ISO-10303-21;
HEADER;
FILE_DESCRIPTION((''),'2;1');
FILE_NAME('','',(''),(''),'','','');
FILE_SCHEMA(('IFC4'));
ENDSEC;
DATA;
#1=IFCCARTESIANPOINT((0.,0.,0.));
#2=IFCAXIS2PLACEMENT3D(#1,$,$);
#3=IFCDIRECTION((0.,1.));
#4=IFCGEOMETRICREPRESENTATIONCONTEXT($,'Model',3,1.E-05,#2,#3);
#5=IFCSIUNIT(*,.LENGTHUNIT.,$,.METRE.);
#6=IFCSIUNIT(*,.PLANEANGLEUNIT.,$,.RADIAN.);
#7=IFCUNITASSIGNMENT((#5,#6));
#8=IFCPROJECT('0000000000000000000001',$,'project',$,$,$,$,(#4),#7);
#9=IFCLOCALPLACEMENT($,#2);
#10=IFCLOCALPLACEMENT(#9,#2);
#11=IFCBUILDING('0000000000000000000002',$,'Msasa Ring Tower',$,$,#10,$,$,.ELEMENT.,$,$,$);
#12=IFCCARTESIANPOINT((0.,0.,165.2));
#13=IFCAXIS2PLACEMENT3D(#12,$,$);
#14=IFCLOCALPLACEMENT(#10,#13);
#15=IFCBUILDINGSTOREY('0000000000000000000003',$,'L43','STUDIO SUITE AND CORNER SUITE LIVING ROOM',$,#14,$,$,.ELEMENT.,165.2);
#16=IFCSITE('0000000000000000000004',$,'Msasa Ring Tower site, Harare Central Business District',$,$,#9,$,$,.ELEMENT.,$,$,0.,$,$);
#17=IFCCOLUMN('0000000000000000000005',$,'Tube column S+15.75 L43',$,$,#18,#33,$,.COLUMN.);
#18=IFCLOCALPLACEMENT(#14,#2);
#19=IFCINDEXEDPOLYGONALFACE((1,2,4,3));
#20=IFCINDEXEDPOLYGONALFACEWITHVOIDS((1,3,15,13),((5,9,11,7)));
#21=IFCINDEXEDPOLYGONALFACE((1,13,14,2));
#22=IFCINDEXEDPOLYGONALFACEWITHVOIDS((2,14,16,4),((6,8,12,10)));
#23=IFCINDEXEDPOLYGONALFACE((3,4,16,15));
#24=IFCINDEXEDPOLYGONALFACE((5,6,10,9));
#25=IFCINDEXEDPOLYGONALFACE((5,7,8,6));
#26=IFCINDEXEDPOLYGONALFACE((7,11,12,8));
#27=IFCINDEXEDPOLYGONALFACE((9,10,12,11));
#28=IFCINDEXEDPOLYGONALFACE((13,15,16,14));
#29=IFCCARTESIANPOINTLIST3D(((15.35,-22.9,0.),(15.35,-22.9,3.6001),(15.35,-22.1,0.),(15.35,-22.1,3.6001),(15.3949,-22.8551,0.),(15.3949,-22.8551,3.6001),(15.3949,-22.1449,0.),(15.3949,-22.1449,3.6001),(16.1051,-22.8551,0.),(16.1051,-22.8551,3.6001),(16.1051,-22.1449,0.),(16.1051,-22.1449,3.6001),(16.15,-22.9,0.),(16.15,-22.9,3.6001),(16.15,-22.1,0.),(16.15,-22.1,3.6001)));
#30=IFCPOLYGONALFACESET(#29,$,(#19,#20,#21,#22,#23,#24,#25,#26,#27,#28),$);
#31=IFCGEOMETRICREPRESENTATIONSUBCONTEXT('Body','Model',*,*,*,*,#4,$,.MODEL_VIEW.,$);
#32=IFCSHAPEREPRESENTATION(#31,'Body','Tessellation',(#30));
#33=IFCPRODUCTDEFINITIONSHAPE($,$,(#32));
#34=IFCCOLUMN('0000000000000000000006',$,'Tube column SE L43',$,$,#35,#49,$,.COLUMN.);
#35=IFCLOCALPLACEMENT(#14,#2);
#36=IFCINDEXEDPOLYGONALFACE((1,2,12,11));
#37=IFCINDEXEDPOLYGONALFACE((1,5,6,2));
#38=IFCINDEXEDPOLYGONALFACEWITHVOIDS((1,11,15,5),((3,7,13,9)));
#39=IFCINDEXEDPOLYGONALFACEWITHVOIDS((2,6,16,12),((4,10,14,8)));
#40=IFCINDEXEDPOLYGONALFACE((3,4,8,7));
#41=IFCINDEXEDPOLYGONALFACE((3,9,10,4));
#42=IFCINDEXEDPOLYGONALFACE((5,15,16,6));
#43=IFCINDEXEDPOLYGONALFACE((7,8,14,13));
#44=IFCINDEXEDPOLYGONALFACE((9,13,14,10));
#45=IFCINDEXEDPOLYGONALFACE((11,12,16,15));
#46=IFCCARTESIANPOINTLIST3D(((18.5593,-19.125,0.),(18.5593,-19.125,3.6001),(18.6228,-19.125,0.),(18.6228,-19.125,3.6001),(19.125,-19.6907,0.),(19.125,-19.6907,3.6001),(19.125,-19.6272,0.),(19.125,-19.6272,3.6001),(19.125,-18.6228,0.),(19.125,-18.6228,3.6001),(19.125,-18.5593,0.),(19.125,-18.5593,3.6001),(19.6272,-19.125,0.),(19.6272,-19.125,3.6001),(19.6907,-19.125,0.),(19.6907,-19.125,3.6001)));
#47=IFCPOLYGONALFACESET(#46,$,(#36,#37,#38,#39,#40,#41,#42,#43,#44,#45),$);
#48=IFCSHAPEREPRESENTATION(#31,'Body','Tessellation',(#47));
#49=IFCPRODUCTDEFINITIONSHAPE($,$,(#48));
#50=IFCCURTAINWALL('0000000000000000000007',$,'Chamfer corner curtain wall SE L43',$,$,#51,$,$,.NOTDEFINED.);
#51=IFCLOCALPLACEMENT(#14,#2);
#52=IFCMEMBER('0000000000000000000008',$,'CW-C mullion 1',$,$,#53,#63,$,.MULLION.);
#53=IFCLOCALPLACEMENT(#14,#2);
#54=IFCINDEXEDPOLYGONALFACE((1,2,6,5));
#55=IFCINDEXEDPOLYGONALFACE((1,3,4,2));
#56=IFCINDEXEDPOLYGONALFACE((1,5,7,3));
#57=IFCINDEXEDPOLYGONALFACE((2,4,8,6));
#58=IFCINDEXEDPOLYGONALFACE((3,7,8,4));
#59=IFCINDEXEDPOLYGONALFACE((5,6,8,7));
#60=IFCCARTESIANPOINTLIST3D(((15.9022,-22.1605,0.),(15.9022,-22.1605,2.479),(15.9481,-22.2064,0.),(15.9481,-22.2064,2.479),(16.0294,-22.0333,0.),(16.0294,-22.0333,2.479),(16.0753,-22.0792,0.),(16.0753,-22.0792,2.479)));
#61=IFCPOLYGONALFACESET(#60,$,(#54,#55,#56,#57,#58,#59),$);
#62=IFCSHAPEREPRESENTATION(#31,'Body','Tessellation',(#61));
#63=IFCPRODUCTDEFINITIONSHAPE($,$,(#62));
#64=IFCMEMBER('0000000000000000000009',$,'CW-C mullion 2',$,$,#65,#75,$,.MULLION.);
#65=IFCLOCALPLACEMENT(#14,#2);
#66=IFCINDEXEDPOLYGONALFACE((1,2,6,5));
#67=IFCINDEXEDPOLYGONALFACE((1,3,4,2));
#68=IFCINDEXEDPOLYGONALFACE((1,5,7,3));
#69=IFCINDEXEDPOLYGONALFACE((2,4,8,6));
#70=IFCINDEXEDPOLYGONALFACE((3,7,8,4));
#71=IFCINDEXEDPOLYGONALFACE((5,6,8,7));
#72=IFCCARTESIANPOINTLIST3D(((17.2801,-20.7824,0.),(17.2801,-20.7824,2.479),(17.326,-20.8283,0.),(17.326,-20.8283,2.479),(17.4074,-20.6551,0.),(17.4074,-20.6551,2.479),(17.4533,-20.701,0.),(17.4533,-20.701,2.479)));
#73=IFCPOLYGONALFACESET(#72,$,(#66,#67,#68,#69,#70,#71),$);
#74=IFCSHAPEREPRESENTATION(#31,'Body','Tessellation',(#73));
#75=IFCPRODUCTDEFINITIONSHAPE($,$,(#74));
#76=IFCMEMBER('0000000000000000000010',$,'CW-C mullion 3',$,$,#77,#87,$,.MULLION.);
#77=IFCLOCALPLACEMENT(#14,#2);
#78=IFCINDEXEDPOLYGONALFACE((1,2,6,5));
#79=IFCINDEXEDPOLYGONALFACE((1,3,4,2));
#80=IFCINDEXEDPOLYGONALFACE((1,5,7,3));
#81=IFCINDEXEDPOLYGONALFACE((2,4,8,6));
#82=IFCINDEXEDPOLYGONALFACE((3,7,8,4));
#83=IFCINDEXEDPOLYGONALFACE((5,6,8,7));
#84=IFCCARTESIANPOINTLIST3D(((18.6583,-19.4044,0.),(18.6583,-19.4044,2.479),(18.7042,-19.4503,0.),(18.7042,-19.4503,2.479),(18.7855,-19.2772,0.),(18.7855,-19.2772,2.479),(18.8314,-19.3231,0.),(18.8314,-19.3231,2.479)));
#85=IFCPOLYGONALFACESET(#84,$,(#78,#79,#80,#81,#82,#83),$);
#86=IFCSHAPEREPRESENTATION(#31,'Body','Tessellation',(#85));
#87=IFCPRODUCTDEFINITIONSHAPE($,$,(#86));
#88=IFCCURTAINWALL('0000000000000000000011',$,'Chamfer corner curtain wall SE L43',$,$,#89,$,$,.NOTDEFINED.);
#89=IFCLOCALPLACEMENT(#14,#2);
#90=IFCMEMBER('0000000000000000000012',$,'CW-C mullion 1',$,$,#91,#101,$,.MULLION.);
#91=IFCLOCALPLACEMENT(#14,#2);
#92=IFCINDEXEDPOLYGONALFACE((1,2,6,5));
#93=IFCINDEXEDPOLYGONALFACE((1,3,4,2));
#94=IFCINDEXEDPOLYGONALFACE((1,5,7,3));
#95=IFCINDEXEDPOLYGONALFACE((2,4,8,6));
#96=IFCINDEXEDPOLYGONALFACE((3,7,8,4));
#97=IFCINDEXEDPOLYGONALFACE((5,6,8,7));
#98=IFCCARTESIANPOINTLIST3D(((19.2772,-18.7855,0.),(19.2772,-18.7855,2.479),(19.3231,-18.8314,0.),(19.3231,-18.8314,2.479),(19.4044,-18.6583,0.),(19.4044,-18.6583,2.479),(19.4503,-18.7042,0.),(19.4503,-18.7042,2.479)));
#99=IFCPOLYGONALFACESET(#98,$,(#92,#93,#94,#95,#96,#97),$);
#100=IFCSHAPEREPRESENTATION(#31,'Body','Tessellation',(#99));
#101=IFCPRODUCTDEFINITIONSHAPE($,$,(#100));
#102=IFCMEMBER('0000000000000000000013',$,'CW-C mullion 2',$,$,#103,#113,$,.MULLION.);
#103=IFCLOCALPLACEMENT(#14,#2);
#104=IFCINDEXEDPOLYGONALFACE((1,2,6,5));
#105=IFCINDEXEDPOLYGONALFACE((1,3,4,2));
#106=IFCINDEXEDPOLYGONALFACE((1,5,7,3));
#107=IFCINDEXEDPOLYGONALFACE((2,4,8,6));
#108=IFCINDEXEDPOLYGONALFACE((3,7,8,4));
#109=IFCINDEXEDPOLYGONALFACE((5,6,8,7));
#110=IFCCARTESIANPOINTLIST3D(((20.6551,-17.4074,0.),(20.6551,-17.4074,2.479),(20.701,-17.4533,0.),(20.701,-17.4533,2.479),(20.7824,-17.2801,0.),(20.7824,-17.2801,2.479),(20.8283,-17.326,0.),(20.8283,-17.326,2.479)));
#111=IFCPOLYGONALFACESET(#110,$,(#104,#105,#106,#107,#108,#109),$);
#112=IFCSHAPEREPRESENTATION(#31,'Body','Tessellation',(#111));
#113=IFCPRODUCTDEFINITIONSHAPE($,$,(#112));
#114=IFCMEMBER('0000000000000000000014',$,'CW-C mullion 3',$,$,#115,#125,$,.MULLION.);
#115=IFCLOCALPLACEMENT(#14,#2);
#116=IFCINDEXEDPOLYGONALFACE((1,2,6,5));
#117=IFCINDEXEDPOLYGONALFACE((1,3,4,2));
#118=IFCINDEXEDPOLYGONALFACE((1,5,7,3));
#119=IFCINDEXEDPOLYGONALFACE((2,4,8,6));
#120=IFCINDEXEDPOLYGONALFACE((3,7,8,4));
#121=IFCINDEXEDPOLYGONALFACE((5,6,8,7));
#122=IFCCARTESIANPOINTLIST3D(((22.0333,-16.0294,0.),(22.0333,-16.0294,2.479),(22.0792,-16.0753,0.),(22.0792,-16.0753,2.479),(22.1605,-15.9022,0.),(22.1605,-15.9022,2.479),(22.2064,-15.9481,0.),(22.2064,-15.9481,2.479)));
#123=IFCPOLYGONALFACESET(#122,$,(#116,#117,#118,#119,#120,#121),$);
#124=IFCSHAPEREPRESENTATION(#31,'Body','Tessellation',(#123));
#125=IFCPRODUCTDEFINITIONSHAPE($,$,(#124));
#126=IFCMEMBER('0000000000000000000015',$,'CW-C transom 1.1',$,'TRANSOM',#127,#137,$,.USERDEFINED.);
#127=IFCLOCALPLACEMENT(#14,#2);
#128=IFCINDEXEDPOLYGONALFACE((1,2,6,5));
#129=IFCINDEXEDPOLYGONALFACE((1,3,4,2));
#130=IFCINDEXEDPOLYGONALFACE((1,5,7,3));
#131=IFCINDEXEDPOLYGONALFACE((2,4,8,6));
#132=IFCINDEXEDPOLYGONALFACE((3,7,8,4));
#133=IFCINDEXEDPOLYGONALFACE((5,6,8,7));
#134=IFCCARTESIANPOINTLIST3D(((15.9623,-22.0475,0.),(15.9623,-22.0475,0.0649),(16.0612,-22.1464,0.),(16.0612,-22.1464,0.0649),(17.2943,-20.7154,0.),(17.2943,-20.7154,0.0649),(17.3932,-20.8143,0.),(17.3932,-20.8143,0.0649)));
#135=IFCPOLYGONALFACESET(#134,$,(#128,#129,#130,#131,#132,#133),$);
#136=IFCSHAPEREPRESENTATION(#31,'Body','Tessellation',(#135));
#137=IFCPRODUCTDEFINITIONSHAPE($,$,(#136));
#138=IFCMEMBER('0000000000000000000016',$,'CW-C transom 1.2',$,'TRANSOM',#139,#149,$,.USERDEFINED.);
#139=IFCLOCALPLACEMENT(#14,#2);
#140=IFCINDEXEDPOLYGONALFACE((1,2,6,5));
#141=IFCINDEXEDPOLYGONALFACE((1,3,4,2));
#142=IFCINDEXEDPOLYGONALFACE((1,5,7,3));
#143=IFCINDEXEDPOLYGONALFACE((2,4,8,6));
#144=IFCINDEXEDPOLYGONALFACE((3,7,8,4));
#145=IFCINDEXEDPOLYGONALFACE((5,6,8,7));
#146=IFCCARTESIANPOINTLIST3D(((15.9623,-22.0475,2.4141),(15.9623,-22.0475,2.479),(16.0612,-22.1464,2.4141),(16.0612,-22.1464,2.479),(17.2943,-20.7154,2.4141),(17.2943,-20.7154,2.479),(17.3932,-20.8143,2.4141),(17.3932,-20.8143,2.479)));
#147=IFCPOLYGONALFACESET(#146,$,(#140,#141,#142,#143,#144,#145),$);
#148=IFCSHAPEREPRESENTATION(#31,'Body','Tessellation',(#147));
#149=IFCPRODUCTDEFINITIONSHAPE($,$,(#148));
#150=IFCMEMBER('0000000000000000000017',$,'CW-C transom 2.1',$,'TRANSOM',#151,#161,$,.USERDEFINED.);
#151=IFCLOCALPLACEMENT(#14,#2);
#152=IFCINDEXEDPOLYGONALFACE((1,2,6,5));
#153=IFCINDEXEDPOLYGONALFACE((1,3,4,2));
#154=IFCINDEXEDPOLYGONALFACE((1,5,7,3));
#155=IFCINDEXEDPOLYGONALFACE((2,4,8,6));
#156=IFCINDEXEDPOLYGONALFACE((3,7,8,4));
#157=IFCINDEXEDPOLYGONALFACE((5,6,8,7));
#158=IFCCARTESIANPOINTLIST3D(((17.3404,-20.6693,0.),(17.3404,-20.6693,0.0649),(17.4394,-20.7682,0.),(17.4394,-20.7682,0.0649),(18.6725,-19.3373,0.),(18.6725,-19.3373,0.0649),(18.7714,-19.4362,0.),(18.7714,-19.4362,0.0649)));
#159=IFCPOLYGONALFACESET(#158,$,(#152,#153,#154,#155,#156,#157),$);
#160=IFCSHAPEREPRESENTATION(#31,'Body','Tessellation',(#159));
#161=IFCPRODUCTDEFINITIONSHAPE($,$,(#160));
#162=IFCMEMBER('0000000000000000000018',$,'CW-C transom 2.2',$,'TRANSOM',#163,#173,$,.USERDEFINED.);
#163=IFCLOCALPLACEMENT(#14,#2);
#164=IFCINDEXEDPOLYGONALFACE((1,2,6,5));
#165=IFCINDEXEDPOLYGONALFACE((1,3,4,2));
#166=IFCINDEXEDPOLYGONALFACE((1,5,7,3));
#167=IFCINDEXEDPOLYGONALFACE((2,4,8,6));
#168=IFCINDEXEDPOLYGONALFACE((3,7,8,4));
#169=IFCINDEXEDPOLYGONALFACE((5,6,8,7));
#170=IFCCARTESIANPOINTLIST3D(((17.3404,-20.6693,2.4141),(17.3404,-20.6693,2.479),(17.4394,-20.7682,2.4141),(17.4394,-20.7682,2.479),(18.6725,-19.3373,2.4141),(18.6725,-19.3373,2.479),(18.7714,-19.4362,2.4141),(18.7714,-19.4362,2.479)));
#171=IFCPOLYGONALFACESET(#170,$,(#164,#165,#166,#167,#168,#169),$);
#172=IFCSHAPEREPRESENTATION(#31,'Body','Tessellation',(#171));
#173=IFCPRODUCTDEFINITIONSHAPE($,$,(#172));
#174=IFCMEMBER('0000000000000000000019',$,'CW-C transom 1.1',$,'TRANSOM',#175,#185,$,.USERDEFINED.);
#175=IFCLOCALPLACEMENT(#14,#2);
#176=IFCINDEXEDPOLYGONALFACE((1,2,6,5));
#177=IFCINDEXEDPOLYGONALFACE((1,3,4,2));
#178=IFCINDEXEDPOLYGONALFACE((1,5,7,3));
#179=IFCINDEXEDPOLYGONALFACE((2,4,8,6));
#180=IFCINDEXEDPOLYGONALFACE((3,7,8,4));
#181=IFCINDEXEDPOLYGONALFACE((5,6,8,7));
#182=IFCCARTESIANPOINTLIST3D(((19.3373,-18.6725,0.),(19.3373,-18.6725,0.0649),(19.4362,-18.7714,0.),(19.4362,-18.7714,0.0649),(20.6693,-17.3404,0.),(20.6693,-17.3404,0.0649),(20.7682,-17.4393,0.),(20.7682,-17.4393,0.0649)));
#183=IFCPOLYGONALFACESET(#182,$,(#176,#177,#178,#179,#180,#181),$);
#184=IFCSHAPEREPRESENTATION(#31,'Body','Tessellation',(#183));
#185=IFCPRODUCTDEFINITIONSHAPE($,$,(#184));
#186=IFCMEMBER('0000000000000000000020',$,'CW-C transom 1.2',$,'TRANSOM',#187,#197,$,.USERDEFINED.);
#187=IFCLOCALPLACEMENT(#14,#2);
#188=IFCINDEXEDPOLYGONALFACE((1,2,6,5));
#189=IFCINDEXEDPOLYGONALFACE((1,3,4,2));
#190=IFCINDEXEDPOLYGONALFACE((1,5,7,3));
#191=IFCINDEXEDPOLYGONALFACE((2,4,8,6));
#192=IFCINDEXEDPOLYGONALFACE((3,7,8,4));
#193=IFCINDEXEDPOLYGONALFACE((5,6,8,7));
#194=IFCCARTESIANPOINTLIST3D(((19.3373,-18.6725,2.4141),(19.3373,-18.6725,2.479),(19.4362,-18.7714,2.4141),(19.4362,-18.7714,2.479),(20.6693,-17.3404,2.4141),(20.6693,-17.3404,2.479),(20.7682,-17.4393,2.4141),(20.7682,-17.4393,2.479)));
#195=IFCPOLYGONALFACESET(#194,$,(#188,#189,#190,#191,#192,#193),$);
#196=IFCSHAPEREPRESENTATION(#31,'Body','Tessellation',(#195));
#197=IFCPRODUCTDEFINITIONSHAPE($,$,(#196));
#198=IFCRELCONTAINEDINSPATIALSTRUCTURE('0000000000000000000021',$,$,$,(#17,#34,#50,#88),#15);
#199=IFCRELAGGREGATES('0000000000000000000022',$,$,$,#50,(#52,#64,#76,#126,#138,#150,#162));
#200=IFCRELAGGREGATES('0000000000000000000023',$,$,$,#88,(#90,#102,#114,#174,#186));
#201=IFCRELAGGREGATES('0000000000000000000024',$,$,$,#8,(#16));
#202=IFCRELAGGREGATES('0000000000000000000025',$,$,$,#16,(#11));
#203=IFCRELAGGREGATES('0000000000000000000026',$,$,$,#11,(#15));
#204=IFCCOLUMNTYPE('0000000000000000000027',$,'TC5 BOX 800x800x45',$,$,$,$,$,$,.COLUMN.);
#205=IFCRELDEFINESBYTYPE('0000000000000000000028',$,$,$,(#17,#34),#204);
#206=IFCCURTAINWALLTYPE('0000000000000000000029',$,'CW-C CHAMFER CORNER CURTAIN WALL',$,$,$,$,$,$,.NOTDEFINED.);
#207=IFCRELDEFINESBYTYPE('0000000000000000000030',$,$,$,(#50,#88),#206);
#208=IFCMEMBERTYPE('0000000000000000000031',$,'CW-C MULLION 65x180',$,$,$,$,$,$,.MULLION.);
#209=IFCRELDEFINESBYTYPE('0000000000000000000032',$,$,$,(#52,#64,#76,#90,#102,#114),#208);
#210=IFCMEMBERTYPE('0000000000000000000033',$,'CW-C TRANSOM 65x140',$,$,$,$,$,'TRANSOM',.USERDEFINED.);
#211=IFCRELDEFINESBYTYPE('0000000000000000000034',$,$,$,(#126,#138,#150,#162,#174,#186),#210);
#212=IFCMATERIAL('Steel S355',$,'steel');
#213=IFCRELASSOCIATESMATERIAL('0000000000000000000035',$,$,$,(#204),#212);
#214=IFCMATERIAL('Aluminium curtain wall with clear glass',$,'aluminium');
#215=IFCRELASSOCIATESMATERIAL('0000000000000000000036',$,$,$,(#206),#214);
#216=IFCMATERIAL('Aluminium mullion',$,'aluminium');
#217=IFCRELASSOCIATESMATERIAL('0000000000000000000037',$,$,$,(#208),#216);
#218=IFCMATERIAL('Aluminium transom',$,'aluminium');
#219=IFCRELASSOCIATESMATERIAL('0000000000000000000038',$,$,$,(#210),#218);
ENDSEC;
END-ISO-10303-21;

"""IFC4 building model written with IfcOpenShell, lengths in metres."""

from ifc_helpers import new_model, si_unit, direction, frame, origin, origin_2d, place, context, subcontext, project, spatial, rectangle, hollow_rectangle, extrude, material, material_profile, profile_set, type_object, element, aggregate, save


model = new_model("IFC4")

# Units and contexts
model_context = context("Model", 3, precision=1e-05, world=origin(), true_north=direction((0.0, 1.0)))
body_context = subcontext(model_context, "Body", "Model", "MODEL_VIEW")
ifc_project = project(units=[si_unit("LENGTHUNIT", "METRE"), si_unit("PLANEANGLEUNIT", "RADIAN")], contexts=[model_context])

# Site, building, storey
site_placement = place(None, origin())
site = spatial("IfcSite", under=ifc_project, at=site_placement, Name="Msasa Ring Tower site, Harare Central Business District", CompositionType="ELEMENT", RefElevation=0.0)
building_placement = place(site_placement, origin())
building = spatial("IfcBuilding", under=site, at=building_placement, Name="Msasa Ring Tower", CompositionType="ELEMENT")
storey_placement = place(building_placement, frame((0.0, 0.0, 165.2)))
storey = spatial("IfcBuildingStorey", under=building, at=storey_placement, Name="L43", Description="STUDIO SUITE AND CORNER SUITE LIVING ROOM", CompositionType="ELEMENT", Elevation=165.2)

# Columns
ifc_material_1 = material(Name="Steel S355", Category="steel")
ifc_material_profile_1 = material_profile(ifc_material_1, hollow_rectangle(XDim=0.8, YDim=0.8, WallThickness=0.0449, at=origin_2d()), Name="BOX 800x800x45")
ifc_profile_set_1 = profile_set([ifc_material_profile_1], Name="Steel S355")
column_type = type_object("IfcColumnType", Name="TC5 BOX 800x800x45", PredefinedType="COLUMN", material=ifc_profile_set_1)
for number, where, z_axis, x_axis, name in (
    (1, (15.75, -22.5, 0.0), (0.0, 0.0, 1.0), (0.0, 1.0, 0.0), "Tube column S+15.75 L43"),
    (2, (19.125, -19.125, 0.0), (0.0, 0.0, 1.0), (0.707107, -0.707107, 0.0), "Tube column SE L43"),
):
    element("IfcColumn", number, at=place(storey_placement, frame(where, z_axis=z_axis, x_axis=x_axis)), inside=storey, type_object=column_type, Name=name, PredefinedType="COLUMN", context=body_context, shape_type="SweptSolid", body=[
        extrude(hollow_rectangle(XDim=0.8, YDim=0.8, WallThickness=0.0449, at=origin_2d()), origin(), (0.0, 0.0, 1.0), 3.6001),
    ])

# Curtain walls, members
ifc_material_2 = material(Name="Aluminium curtain wall with clear glass", Category="aluminium")
curtain_wall_type = type_object("IfcCurtainWallType", Name="CW-C CHAMFER CORNER CURTAIN WALL", PredefinedType="NOTDEFINED", material=ifc_material_2)
curtain_wall_1_placement = place(storey_placement, origin())
curtain_wall_1 = element("IfcCurtainWall", 3, at=curtain_wall_1_placement, inside=storey, type_object=curtain_wall_type, Name="Chamfer corner curtain wall SE L43", PredefinedType="NOTDEFINED")
ifc_material_3 = material(Name="Aluminium mullion", Category="aluminium")
ifc_material_profile_2 = material_profile(ifc_material_3, rectangle(XDim=0.0649, YDim=0.1799, at=origin_2d()), Name="AL 65x180")
ifc_profile_set_2 = profile_set([ifc_material_profile_2], Name="Aluminium mullion")
member_type_1 = type_object("IfcMemberType", Name="CW-C MULLION 65x180", PredefinedType="MULLION", material=ifc_profile_set_2)
member_1_placement = place(storey_placement, frame((15.9888, -22.1199, 0.0), z_axis=(0.0, 0.0, 1.0), x_axis=(-0.707107, 0.707107, 0.0)))
member_1 = element("IfcMember", 4, at=member_1_placement, type_object=member_type_1, Name="CW-C mullion 1", PredefinedType="MULLION", context=body_context, shape_type="SweptSolid", body=[
    extrude(rectangle(XDim=0.0649, YDim=0.1799, at=origin_2d()), origin(), (0.0, 0.0, 1.0), 2.479),
])
member_2_placement = place(storey_placement, frame((17.3667, -20.7417, 0.0), z_axis=(0.0, 0.0, 1.0), x_axis=(-0.707107, 0.707107, 0.0)))
member_2 = element("IfcMember", 5, at=member_2_placement, type_object=member_type_1, Name="CW-C mullion 2", PredefinedType="MULLION", context=body_context, shape_type="SweptSolid", body=[
    extrude(rectangle(XDim=0.0649, YDim=0.1799, at=origin_2d()), origin(), (0.0, 0.0, 1.0), 2.479),
])
member_3_placement = place(storey_placement, frame((18.7449, -19.3638, 0.0), z_axis=(0.0, 0.0, 1.0), x_axis=(-0.707107, 0.707107, 0.0)))
member_3 = element("IfcMember", 6, at=member_3_placement, type_object=member_type_1, Name="CW-C mullion 3", PredefinedType="MULLION", context=body_context, shape_type="SweptSolid", body=[
    extrude(rectangle(XDim=0.0649, YDim=0.1799, at=origin_2d()), origin(), (0.0, 0.0, 1.0), 2.479),
])
curtain_wall_2_placement = place(storey_placement, origin())
curtain_wall_2 = element("IfcCurtainWall", 7, at=curtain_wall_2_placement, inside=storey, type_object=curtain_wall_type, Name="Chamfer corner curtain wall SE L43", PredefinedType="NOTDEFINED")
member_4_placement = place(storey_placement, frame((19.3638, -18.7449, 0.0), z_axis=(0.0, 0.0, 1.0), x_axis=(-0.707107, 0.707107, 0.0)))
member_4 = element("IfcMember", 8, at=member_4_placement, type_object=member_type_1, Name="CW-C mullion 1", PredefinedType="MULLION", context=body_context, shape_type="SweptSolid", body=[
    extrude(rectangle(XDim=0.0649, YDim=0.1799, at=origin_2d()), origin(), (0.0, 0.0, 1.0), 2.479),
])
member_5_placement = place(storey_placement, frame((20.7417, -17.3667, 0.0), z_axis=(0.0, 0.0, 1.0), x_axis=(-0.707107, 0.707107, 0.0)))
member_5 = element("IfcMember", 9, at=member_5_placement, type_object=member_type_1, Name="CW-C mullion 2", PredefinedType="MULLION", context=body_context, shape_type="SweptSolid", body=[
    extrude(rectangle(XDim=0.0649, YDim=0.1799, at=origin_2d()), origin(), (0.0, 0.0, 1.0), 2.479),
])
member_6_placement = place(storey_placement, frame((22.1199, -15.9888, 0.0), z_axis=(0.0, 0.0, 1.0), x_axis=(-0.707107, 0.707107, 0.0)))
member_6 = element("IfcMember", 10, at=member_6_placement, type_object=member_type_1, Name="CW-C mullion 3", PredefinedType="MULLION", context=body_context, shape_type="SweptSolid", body=[
    extrude(rectangle(XDim=0.0649, YDim=0.1799, at=origin_2d()), origin(), (0.0, 0.0, 1.0), 2.479),
])

# Members
ifc_material_4 = material(Name="Aluminium transom", Category="aluminium")
ifc_material_profile_3 = material_profile(ifc_material_4, rectangle(XDim=0.1399, YDim=0.0649, at=origin_2d()), Name="AL 65x140")
ifc_profile_set_3 = profile_set([ifc_material_profile_3], Name="Aluminium transom")
member_type_2 = type_object("IfcMemberType", Name="CW-C TRANSOM 65x140", ElementType="TRANSOM", PredefinedType="USERDEFINED", material=ifc_profile_set_3)
member_7_placement = place(storey_placement, frame((16.0117, -22.0969, 0.0325), z_axis=(0.707107, 0.707107, 0.0), x_axis=(-0.707107, 0.707107, 0.0)))
member_7 = element("IfcMember", 11, at=member_7_placement, type_object=member_type_2, Name="CW-C transom 1.1", ObjectType="TRANSOM", PredefinedType="USERDEFINED", context=body_context, shape_type="SweptSolid", body=[
    extrude(rectangle(XDim=0.1399, YDim=0.0649, at=origin_2d()), origin(), (0.0, 0.0, 1.0), 1.8838),
])
member_8_placement = place(storey_placement, frame((16.0117, -22.0969, 2.4465), z_axis=(0.707107, 0.707107, 0.0), x_axis=(-0.707107, 0.707107, 0.0)))
member_8 = element("IfcMember", 12, at=member_8_placement, type_object=member_type_2, Name="CW-C transom 1.2", ObjectType="TRANSOM", PredefinedType="USERDEFINED", context=body_context, shape_type="SweptSolid", body=[
    extrude(rectangle(XDim=0.1399, YDim=0.0649, at=origin_2d()), origin(), (0.0, 0.0, 1.0), 1.8838),
])
member_9_placement = place(storey_placement, frame((17.3899, -20.7188, 0.0325), z_axis=(0.707107, 0.707107, 0.0), x_axis=(-0.707107, 0.707107, 0.0)))
member_9 = element("IfcMember", 13, at=member_9_placement, type_object=member_type_2, Name="CW-C transom 2.1", ObjectType="TRANSOM", PredefinedType="USERDEFINED", context=body_context, shape_type="SweptSolid", body=[
    extrude(rectangle(XDim=0.1399, YDim=0.0649, at=origin_2d()), origin(), (0.0, 0.0, 1.0), 1.8838),
])
member_10_placement = place(storey_placement, frame((17.3899, -20.7188, 2.4465), z_axis=(0.707107, 0.707107, 0.0), x_axis=(-0.707107, 0.707107, 0.0)))
member_10 = element("IfcMember", 14, at=member_10_placement, type_object=member_type_2, Name="CW-C transom 2.2", ObjectType="TRANSOM", PredefinedType="USERDEFINED", context=body_context, shape_type="SweptSolid", body=[
    extrude(rectangle(XDim=0.1399, YDim=0.0649, at=origin_2d()), origin(), (0.0, 0.0, 1.0), 1.8838),
])
member_11_placement = place(storey_placement, frame((19.3867, -18.7219, 0.0325), z_axis=(0.707107, 0.707107, 0.0), x_axis=(-0.707107, 0.707107, 0.0)))
member_11 = element("IfcMember", 15, at=member_11_placement, type_object=member_type_2, Name="CW-C transom 1.1", ObjectType="TRANSOM", PredefinedType="USERDEFINED", context=body_context, shape_type="SweptSolid", body=[
    extrude(rectangle(XDim=0.1399, YDim=0.0649, at=origin_2d()), origin(), (0.0, 0.0, 1.0), 1.8838),
])
member_12_placement = place(storey_placement, frame((19.3867, -18.7219, 2.4465), z_axis=(0.707107, 0.707107, 0.0), x_axis=(-0.707107, 0.707107, 0.0)))
member_12 = element("IfcMember", 16, at=member_12_placement, type_object=member_type_2, Name="CW-C transom 1.2", ObjectType="TRANSOM", PredefinedType="USERDEFINED", context=body_context, shape_type="SweptSolid", body=[
    extrude(rectangle(XDim=0.1399, YDim=0.0649, at=origin_2d()), origin(), (0.0, 0.0, 1.0), 1.8838),
])

aggregate(curtain_wall_1, [member_1, member_2, member_3, member_7, member_8, member_9, member_10])
aggregate(curtain_wall_2, [member_4, member_5, member_6, member_11, member_12])

save(model, "model.ifc")
